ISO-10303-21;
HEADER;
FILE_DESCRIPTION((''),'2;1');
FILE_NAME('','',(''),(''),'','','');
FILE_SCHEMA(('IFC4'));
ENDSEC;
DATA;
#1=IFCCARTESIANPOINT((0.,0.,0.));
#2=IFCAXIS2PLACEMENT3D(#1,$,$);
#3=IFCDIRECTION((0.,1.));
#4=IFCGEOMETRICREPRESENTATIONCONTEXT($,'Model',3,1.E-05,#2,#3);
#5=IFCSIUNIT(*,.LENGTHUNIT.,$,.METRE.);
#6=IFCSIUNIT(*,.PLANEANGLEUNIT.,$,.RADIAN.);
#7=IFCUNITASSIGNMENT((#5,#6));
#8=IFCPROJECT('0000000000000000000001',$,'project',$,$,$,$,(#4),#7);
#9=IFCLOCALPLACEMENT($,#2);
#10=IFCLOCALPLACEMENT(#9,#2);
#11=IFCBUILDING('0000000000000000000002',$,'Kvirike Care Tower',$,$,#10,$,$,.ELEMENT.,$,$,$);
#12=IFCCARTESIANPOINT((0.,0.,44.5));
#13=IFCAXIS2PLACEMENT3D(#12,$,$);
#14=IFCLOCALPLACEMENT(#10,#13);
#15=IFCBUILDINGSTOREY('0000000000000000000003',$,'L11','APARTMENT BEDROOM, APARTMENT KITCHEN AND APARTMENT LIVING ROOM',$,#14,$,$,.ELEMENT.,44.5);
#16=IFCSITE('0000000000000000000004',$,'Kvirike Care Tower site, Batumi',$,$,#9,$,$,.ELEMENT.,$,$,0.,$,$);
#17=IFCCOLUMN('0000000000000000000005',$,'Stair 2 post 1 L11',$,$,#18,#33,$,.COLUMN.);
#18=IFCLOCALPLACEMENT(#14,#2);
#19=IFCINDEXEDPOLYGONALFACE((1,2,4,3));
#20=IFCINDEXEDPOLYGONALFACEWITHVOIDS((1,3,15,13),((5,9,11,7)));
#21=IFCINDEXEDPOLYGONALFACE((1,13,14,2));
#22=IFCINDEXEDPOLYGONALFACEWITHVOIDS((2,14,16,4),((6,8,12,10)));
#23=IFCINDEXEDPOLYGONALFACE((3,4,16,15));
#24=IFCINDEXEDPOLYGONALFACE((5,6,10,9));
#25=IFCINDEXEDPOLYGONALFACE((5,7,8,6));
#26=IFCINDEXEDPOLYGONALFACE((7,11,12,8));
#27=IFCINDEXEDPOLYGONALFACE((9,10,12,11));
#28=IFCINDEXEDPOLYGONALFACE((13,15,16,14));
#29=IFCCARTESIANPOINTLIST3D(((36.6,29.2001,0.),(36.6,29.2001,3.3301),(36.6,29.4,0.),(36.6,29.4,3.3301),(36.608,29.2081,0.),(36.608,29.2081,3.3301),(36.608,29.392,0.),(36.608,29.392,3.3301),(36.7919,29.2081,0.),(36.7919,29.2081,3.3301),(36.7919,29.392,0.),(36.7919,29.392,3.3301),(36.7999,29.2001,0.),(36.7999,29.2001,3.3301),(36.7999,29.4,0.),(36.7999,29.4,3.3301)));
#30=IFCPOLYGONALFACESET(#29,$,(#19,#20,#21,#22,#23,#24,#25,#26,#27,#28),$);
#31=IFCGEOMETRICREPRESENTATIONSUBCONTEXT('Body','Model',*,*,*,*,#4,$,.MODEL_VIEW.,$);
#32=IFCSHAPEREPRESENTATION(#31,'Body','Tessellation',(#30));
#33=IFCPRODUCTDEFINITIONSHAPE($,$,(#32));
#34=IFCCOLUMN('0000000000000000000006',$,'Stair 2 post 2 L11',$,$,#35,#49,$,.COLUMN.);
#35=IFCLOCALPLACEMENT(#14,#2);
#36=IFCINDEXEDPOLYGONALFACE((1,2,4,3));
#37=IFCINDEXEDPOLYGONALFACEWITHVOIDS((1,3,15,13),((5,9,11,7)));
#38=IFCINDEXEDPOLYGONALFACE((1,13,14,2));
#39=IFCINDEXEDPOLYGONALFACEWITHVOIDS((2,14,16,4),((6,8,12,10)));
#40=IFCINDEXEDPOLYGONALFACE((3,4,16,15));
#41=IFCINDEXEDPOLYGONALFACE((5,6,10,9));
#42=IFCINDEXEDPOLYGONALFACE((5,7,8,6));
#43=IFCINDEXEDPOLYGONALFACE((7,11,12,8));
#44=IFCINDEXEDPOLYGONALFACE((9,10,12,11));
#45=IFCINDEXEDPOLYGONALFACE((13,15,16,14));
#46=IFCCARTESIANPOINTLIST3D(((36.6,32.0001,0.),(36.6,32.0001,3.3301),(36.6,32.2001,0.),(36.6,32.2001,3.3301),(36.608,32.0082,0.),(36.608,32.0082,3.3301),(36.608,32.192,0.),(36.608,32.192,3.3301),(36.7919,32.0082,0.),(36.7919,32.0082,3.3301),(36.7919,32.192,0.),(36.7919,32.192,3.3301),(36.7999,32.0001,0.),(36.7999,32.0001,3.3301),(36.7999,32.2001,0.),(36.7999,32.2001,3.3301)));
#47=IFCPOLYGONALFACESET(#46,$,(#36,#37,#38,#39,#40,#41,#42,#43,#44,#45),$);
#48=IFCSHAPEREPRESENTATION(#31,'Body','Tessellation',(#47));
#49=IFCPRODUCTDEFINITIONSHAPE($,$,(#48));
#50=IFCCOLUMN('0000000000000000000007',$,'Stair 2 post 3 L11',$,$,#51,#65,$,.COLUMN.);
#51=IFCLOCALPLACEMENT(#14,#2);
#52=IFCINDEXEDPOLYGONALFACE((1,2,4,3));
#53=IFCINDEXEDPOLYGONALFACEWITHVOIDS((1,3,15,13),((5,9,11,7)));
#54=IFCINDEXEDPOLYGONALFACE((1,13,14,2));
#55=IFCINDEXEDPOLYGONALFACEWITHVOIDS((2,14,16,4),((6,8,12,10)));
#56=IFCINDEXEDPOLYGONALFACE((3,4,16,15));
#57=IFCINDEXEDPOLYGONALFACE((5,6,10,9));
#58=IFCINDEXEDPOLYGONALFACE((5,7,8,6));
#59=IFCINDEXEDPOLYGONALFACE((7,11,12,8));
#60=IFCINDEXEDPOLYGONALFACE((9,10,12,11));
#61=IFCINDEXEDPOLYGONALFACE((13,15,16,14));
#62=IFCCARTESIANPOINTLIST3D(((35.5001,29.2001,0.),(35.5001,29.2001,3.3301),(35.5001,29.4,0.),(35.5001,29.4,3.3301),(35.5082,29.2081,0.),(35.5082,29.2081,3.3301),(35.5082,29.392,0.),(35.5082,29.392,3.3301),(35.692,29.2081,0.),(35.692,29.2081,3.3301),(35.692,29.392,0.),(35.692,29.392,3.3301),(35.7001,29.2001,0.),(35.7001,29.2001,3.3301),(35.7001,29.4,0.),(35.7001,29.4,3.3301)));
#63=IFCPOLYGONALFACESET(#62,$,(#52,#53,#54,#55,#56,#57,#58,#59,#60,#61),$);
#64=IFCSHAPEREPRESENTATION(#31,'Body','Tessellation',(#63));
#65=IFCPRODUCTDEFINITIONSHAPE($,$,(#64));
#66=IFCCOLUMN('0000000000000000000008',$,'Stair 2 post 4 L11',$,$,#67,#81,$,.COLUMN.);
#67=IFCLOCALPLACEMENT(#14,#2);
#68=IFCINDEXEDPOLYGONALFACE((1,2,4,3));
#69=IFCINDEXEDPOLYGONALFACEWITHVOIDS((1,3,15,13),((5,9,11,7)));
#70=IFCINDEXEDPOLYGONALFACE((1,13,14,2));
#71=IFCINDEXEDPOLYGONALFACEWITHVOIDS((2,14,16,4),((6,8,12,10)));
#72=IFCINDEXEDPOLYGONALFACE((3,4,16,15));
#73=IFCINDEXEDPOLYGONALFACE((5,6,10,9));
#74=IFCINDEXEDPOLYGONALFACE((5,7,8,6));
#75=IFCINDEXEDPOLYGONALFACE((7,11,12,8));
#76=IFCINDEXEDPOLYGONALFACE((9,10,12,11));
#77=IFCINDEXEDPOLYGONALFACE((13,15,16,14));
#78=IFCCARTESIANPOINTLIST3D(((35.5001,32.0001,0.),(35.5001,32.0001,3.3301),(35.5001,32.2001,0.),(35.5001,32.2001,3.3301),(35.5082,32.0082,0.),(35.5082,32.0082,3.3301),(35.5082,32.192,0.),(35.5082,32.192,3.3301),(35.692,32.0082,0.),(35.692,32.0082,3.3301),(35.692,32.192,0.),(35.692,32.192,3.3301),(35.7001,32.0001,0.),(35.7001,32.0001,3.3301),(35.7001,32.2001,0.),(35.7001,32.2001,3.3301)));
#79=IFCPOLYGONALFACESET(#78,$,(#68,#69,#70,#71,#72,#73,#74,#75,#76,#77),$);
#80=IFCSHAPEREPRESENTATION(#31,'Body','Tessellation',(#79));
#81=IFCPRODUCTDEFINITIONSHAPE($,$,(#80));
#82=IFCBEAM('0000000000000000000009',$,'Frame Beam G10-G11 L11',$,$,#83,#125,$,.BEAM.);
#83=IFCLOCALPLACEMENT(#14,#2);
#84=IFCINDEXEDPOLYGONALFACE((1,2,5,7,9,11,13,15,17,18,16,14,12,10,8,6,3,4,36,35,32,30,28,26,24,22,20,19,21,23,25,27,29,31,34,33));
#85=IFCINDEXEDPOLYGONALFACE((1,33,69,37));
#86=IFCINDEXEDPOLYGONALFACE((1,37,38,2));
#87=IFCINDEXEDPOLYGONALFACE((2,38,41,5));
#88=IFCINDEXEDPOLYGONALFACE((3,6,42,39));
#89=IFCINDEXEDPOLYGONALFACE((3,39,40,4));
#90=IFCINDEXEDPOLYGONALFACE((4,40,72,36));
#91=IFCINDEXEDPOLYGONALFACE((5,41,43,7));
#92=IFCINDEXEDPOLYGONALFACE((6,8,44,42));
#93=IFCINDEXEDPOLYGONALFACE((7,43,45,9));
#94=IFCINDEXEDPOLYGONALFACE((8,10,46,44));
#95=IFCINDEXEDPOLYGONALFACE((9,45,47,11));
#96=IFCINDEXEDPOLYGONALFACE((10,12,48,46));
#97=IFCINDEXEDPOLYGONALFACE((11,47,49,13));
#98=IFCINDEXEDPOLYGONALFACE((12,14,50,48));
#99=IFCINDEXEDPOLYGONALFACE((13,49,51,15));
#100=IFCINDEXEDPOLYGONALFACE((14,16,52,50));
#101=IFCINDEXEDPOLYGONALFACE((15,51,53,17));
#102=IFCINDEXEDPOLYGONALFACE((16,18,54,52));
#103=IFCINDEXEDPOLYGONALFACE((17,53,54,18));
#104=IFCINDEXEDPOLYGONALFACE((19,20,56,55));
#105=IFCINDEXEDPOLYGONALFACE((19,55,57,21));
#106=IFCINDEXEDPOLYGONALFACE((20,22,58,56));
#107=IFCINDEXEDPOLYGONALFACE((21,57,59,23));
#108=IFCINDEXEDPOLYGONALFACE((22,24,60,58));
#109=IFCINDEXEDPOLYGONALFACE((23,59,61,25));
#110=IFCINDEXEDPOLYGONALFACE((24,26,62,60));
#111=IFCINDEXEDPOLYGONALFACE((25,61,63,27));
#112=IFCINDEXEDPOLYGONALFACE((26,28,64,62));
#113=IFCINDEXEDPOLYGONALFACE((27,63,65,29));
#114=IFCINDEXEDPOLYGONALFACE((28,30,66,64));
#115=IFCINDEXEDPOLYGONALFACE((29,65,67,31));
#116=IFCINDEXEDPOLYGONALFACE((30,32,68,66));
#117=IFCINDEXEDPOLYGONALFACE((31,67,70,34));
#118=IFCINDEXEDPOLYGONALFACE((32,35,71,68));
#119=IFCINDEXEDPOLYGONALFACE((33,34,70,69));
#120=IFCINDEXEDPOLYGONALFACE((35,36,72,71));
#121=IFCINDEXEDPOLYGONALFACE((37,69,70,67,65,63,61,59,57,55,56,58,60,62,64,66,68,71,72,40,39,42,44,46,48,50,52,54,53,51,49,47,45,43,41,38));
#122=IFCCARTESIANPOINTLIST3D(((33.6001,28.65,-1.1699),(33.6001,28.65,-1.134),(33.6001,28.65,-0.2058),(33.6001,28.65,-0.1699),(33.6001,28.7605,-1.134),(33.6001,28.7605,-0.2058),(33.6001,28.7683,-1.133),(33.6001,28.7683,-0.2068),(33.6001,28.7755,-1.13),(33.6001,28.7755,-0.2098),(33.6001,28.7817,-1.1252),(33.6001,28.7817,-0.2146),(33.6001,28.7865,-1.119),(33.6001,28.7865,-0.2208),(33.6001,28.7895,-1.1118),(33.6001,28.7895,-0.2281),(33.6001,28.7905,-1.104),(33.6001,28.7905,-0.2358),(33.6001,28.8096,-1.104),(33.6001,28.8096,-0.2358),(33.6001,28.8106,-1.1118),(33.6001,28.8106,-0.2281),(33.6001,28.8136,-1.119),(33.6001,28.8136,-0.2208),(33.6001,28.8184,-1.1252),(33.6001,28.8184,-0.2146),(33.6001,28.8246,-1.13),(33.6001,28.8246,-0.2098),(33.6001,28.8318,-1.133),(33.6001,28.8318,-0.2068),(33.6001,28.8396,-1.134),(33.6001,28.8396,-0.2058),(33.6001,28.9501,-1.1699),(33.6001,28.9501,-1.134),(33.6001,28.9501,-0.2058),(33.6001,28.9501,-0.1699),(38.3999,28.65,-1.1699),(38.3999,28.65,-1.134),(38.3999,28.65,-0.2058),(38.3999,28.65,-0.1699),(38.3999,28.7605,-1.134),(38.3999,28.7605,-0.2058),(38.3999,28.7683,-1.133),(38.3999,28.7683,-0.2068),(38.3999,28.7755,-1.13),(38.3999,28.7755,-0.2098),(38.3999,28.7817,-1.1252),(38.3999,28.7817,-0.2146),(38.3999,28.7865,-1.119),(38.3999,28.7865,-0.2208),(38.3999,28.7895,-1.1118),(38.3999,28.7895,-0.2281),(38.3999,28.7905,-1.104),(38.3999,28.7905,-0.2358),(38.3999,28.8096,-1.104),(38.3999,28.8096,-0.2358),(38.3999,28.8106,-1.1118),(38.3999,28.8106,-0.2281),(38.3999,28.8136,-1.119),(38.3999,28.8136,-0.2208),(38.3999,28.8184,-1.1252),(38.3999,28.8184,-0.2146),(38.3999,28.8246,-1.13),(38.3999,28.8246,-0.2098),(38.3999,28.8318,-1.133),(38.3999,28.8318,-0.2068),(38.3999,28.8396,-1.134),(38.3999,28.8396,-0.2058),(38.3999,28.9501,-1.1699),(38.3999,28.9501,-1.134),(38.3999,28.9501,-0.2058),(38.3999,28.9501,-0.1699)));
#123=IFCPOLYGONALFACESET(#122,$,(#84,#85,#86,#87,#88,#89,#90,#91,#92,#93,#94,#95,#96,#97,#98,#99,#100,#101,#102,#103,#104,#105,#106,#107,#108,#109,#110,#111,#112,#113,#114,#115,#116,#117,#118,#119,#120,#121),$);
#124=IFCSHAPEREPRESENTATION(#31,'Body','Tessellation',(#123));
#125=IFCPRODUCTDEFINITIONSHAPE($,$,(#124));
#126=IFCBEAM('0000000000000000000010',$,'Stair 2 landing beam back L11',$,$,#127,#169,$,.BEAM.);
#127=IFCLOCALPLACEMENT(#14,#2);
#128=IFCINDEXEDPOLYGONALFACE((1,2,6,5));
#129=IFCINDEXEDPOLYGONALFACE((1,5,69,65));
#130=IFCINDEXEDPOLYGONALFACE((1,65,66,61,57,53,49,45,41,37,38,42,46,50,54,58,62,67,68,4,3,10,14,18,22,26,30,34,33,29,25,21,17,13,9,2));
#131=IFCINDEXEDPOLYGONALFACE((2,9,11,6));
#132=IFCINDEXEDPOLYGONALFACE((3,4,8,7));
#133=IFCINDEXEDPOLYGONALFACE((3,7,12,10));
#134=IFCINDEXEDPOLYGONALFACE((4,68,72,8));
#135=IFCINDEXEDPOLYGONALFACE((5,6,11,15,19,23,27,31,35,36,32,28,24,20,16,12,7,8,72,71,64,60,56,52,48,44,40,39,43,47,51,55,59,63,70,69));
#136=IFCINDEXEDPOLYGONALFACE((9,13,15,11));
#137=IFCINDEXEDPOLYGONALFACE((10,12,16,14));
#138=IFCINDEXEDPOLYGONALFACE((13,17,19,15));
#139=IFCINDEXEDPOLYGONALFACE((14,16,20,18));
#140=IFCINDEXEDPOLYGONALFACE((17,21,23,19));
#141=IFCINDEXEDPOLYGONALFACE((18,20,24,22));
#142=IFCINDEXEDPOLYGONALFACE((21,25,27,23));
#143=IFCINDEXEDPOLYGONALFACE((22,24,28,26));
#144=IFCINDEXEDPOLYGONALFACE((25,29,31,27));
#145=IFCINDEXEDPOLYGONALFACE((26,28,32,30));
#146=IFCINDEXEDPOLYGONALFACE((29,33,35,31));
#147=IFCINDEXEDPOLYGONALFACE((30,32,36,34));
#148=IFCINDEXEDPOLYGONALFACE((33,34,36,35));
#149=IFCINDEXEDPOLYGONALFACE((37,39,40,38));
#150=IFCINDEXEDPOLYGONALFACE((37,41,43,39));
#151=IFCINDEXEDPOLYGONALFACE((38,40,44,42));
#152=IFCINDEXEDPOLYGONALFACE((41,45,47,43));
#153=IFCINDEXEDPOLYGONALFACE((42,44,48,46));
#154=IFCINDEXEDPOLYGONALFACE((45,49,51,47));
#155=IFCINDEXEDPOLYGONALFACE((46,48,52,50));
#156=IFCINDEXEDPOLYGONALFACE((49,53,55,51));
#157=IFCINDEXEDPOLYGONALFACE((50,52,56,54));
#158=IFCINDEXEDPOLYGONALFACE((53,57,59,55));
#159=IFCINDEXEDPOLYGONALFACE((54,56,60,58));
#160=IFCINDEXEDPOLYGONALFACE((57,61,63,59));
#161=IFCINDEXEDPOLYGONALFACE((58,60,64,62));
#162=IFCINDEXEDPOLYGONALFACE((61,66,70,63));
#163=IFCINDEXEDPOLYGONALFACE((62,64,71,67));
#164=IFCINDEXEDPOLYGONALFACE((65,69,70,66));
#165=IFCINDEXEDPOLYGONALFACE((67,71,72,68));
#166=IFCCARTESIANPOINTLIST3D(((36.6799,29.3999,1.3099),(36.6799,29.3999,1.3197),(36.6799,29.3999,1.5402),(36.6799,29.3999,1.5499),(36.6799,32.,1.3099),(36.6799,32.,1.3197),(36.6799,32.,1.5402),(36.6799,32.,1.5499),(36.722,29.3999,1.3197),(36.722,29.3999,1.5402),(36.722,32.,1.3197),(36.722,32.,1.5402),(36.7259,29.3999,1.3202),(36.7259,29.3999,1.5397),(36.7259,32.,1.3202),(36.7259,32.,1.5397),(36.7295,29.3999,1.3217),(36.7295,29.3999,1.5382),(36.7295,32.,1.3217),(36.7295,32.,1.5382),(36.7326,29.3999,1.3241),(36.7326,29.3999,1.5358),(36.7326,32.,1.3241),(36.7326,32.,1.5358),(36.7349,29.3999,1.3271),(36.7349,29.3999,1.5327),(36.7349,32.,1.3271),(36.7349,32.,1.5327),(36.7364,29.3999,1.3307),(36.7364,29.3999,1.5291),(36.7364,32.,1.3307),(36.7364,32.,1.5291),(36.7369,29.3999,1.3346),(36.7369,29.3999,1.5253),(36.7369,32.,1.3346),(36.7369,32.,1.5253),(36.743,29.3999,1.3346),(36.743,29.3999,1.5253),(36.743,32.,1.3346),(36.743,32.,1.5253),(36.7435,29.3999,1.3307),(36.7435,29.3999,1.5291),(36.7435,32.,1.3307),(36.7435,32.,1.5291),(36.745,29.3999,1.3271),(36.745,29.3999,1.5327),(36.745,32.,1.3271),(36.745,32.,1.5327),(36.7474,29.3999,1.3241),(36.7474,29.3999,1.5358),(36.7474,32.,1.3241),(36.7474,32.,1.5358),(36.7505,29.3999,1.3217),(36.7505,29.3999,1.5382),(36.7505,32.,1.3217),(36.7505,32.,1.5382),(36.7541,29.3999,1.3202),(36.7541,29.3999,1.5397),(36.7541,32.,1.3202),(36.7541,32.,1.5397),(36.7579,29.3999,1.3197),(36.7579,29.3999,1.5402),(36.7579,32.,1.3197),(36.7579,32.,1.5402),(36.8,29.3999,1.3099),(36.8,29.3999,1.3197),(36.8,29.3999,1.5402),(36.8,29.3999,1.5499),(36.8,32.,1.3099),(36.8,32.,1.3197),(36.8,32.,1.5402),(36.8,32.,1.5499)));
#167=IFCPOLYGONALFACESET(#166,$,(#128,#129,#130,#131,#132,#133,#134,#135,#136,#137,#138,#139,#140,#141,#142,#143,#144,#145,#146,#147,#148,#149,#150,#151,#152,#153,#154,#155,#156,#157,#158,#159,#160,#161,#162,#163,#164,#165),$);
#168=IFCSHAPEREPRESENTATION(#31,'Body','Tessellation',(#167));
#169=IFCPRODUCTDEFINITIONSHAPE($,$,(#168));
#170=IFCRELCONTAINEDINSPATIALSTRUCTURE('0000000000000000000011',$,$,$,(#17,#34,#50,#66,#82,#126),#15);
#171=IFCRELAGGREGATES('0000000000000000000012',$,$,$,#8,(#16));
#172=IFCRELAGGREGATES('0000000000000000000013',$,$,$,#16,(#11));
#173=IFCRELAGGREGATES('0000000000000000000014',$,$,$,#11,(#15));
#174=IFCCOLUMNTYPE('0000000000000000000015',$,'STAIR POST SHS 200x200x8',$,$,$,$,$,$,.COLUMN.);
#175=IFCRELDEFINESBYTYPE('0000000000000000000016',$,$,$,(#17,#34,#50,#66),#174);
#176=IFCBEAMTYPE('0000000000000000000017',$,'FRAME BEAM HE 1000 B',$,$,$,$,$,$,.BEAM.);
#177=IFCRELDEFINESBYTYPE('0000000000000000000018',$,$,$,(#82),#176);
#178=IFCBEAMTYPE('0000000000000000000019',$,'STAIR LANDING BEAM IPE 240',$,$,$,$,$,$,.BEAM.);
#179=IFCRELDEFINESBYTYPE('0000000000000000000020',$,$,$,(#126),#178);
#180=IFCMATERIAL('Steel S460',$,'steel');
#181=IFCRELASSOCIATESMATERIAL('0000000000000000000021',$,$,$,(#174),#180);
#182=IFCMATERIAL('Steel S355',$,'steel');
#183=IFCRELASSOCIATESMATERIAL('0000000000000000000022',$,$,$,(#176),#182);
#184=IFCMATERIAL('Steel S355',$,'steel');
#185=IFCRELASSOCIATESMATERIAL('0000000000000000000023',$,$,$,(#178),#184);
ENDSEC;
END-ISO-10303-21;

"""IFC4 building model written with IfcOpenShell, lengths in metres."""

from ifc_helpers import new_model, si_unit, direction, frame, origin, origin_2d, place, context, subcontext, project, spatial, hollow_rectangle, i_section, extrude, material, material_profile, profile_set, type_object, element, save


model = new_model("IFC4")

# Units and contexts
model_context = context("Model", 3, precision=1e-05, world=origin(), true_north=direction((0.0, 1.0)))
body_context = subcontext(model_context, "Body", "Model", "MODEL_VIEW")
ifc_project = project(units=[si_unit("LENGTHUNIT", "METRE"), si_unit("PLANEANGLEUNIT", "RADIAN")], contexts=[model_context])

# Site, building, storey
site_placement = place(None, origin())
site = spatial("IfcSite", under=ifc_project, at=site_placement, Name="Kvirike Care Tower site, Batumi", CompositionType="ELEMENT", RefElevation=0.0)
building_placement = place(site_placement, origin())
building = spatial("IfcBuilding", under=site, at=building_placement, Name="Kvirike Care Tower", CompositionType="ELEMENT")
storey_placement = place(building_placement, frame((0.0, 0.0, 44.5)))
storey = spatial("IfcBuildingStorey", under=building, at=storey_placement, Name="L11", Description="APARTMENT BEDROOM, APARTMENT KITCHEN AND APARTMENT LIVING ROOM", CompositionType="ELEMENT", Elevation=44.5)

# Columns
ifc_material_1 = material(Name="Steel S460", Category="steel")
ifc_material_profile_1 = material_profile(ifc_material_1, hollow_rectangle(XDim=0.2, YDim=0.2, WallThickness=0.0081, at=origin_2d()), Name="SHS 200x200x8")
ifc_profile_set_1 = profile_set([ifc_material_profile_1], Name="Steel S460")
column_type = type_object("IfcColumnType", Name="STAIR POST SHS 200x200x8", PredefinedType="COLUMN", material=ifc_profile_set_1)
for number, where, z_axis, x_axis, name in (
    (1, (36.7, 29.3, 0.0), (0.0, 0.0, 1.0), (1.0, 0.0, 0.0), "Stair 2 post 1 L11"),
    (2, (36.7, 32.1001, 0.0), (0.0, 0.0, 1.0), (1.0, 0.0, 0.0), "Stair 2 post 2 L11"),
    (3, (35.6001, 29.3, 0.0), (0.0, 0.0, 1.0), (1.0, 0.0, 0.0), "Stair 2 post 3 L11"),
    (4, (35.6001, 32.1001, 0.0), (0.0, 0.0, 1.0), (1.0, 0.0, 0.0), "Stair 2 post 4 L11"),
):
    element("IfcColumn", number, at=place(storey_placement, frame(where, z_axis=z_axis, x_axis=x_axis)), inside=storey, type_object=column_type, Name=name, PredefinedType="COLUMN", context=body_context, shape_type="SweptSolid", body=[
        extrude(hollow_rectangle(XDim=0.2, YDim=0.2, WallThickness=0.0081, at=origin_2d()), origin(), (0.0, 0.0, 1.0), 3.3301),
    ])

# Beams
ifc_material_2 = material(Name="Steel S355", Category="steel")
ifc_material_profile_2 = material_profile(ifc_material_2, i_section(OverallWidth=0.3, OverallDepth=1.0, WebThickness=0.019, FlangeThickness=0.0359, FilletRadius=0.03, at=origin_2d()), Name="HE 1000 B")
ifc_profile_set_2 = profile_set([ifc_material_profile_2], Name="Steel S355")
beam_type_1 = type_object("IfcBeamType", Name="FRAME BEAM HE 1000 B", PredefinedType="BEAM", material=ifc_profile_set_2)
beam_placement = place(storey_placement, frame((33.6001, 28.8, -0.6699), z_axis=(1.0, 0.0, 0.0), x_axis=(0.0, 1.0, 0.0)))
element("IfcBeam", 5, at=beam_placement, inside=storey, type_object=beam_type_1, Name="Frame Beam G10-G11 L11", PredefinedType="BEAM", context=body_context, shape_type="SweptSolid", body=[
    extrude(i_section(OverallWidth=0.3, OverallDepth=1.0, WebThickness=0.019, FlangeThickness=0.0359, FilletRadius=0.03, at=origin_2d()), origin(), (0.0, 0.0, 1.0), 4.7998),
])
ifc_material_3 = material(Name="Steel S355", Category="steel")
ifc_material_profile_3 = material_profile(ifc_material_3, i_section(OverallWidth=0.1201, OverallDepth=0.24, WebThickness=0.0061, FlangeThickness=0.0098, FilletRadius=0.0149, at=origin_2d()), Name="IPE 240")
ifc_profile_set_3 = profile_set([ifc_material_profile_3], Name="Steel S355")
beam_type_2 = type_object("IfcBeamType", Name="STAIR LANDING BEAM IPE 240", PredefinedType="BEAM", material=ifc_profile_set_3)
for number, where, z_axis, x_axis, name in (
    (6, (36.74, 29.3999, 1.4299), (0.0, 1.0, 0.0), (-1.0, 0.0, 0.0), "Stair 2 landing beam back L11"),
):
    element("IfcBeam", number, at=place(storey_placement, frame(where, z_axis=z_axis, x_axis=x_axis)), inside=storey, type_object=beam_type_2, Name=name, PredefinedType="BEAM", context=body_context, shape_type="SweptSolid", body=[
        extrude(i_section(OverallWidth=0.1201, OverallDepth=0.24, WebThickness=0.0061, FlangeThickness=0.0098, FilletRadius=0.0149, at=origin_2d()), origin(), (0.0, 0.0, 1.0), 2.6001),
    ])

save(model, "model.ifc")
